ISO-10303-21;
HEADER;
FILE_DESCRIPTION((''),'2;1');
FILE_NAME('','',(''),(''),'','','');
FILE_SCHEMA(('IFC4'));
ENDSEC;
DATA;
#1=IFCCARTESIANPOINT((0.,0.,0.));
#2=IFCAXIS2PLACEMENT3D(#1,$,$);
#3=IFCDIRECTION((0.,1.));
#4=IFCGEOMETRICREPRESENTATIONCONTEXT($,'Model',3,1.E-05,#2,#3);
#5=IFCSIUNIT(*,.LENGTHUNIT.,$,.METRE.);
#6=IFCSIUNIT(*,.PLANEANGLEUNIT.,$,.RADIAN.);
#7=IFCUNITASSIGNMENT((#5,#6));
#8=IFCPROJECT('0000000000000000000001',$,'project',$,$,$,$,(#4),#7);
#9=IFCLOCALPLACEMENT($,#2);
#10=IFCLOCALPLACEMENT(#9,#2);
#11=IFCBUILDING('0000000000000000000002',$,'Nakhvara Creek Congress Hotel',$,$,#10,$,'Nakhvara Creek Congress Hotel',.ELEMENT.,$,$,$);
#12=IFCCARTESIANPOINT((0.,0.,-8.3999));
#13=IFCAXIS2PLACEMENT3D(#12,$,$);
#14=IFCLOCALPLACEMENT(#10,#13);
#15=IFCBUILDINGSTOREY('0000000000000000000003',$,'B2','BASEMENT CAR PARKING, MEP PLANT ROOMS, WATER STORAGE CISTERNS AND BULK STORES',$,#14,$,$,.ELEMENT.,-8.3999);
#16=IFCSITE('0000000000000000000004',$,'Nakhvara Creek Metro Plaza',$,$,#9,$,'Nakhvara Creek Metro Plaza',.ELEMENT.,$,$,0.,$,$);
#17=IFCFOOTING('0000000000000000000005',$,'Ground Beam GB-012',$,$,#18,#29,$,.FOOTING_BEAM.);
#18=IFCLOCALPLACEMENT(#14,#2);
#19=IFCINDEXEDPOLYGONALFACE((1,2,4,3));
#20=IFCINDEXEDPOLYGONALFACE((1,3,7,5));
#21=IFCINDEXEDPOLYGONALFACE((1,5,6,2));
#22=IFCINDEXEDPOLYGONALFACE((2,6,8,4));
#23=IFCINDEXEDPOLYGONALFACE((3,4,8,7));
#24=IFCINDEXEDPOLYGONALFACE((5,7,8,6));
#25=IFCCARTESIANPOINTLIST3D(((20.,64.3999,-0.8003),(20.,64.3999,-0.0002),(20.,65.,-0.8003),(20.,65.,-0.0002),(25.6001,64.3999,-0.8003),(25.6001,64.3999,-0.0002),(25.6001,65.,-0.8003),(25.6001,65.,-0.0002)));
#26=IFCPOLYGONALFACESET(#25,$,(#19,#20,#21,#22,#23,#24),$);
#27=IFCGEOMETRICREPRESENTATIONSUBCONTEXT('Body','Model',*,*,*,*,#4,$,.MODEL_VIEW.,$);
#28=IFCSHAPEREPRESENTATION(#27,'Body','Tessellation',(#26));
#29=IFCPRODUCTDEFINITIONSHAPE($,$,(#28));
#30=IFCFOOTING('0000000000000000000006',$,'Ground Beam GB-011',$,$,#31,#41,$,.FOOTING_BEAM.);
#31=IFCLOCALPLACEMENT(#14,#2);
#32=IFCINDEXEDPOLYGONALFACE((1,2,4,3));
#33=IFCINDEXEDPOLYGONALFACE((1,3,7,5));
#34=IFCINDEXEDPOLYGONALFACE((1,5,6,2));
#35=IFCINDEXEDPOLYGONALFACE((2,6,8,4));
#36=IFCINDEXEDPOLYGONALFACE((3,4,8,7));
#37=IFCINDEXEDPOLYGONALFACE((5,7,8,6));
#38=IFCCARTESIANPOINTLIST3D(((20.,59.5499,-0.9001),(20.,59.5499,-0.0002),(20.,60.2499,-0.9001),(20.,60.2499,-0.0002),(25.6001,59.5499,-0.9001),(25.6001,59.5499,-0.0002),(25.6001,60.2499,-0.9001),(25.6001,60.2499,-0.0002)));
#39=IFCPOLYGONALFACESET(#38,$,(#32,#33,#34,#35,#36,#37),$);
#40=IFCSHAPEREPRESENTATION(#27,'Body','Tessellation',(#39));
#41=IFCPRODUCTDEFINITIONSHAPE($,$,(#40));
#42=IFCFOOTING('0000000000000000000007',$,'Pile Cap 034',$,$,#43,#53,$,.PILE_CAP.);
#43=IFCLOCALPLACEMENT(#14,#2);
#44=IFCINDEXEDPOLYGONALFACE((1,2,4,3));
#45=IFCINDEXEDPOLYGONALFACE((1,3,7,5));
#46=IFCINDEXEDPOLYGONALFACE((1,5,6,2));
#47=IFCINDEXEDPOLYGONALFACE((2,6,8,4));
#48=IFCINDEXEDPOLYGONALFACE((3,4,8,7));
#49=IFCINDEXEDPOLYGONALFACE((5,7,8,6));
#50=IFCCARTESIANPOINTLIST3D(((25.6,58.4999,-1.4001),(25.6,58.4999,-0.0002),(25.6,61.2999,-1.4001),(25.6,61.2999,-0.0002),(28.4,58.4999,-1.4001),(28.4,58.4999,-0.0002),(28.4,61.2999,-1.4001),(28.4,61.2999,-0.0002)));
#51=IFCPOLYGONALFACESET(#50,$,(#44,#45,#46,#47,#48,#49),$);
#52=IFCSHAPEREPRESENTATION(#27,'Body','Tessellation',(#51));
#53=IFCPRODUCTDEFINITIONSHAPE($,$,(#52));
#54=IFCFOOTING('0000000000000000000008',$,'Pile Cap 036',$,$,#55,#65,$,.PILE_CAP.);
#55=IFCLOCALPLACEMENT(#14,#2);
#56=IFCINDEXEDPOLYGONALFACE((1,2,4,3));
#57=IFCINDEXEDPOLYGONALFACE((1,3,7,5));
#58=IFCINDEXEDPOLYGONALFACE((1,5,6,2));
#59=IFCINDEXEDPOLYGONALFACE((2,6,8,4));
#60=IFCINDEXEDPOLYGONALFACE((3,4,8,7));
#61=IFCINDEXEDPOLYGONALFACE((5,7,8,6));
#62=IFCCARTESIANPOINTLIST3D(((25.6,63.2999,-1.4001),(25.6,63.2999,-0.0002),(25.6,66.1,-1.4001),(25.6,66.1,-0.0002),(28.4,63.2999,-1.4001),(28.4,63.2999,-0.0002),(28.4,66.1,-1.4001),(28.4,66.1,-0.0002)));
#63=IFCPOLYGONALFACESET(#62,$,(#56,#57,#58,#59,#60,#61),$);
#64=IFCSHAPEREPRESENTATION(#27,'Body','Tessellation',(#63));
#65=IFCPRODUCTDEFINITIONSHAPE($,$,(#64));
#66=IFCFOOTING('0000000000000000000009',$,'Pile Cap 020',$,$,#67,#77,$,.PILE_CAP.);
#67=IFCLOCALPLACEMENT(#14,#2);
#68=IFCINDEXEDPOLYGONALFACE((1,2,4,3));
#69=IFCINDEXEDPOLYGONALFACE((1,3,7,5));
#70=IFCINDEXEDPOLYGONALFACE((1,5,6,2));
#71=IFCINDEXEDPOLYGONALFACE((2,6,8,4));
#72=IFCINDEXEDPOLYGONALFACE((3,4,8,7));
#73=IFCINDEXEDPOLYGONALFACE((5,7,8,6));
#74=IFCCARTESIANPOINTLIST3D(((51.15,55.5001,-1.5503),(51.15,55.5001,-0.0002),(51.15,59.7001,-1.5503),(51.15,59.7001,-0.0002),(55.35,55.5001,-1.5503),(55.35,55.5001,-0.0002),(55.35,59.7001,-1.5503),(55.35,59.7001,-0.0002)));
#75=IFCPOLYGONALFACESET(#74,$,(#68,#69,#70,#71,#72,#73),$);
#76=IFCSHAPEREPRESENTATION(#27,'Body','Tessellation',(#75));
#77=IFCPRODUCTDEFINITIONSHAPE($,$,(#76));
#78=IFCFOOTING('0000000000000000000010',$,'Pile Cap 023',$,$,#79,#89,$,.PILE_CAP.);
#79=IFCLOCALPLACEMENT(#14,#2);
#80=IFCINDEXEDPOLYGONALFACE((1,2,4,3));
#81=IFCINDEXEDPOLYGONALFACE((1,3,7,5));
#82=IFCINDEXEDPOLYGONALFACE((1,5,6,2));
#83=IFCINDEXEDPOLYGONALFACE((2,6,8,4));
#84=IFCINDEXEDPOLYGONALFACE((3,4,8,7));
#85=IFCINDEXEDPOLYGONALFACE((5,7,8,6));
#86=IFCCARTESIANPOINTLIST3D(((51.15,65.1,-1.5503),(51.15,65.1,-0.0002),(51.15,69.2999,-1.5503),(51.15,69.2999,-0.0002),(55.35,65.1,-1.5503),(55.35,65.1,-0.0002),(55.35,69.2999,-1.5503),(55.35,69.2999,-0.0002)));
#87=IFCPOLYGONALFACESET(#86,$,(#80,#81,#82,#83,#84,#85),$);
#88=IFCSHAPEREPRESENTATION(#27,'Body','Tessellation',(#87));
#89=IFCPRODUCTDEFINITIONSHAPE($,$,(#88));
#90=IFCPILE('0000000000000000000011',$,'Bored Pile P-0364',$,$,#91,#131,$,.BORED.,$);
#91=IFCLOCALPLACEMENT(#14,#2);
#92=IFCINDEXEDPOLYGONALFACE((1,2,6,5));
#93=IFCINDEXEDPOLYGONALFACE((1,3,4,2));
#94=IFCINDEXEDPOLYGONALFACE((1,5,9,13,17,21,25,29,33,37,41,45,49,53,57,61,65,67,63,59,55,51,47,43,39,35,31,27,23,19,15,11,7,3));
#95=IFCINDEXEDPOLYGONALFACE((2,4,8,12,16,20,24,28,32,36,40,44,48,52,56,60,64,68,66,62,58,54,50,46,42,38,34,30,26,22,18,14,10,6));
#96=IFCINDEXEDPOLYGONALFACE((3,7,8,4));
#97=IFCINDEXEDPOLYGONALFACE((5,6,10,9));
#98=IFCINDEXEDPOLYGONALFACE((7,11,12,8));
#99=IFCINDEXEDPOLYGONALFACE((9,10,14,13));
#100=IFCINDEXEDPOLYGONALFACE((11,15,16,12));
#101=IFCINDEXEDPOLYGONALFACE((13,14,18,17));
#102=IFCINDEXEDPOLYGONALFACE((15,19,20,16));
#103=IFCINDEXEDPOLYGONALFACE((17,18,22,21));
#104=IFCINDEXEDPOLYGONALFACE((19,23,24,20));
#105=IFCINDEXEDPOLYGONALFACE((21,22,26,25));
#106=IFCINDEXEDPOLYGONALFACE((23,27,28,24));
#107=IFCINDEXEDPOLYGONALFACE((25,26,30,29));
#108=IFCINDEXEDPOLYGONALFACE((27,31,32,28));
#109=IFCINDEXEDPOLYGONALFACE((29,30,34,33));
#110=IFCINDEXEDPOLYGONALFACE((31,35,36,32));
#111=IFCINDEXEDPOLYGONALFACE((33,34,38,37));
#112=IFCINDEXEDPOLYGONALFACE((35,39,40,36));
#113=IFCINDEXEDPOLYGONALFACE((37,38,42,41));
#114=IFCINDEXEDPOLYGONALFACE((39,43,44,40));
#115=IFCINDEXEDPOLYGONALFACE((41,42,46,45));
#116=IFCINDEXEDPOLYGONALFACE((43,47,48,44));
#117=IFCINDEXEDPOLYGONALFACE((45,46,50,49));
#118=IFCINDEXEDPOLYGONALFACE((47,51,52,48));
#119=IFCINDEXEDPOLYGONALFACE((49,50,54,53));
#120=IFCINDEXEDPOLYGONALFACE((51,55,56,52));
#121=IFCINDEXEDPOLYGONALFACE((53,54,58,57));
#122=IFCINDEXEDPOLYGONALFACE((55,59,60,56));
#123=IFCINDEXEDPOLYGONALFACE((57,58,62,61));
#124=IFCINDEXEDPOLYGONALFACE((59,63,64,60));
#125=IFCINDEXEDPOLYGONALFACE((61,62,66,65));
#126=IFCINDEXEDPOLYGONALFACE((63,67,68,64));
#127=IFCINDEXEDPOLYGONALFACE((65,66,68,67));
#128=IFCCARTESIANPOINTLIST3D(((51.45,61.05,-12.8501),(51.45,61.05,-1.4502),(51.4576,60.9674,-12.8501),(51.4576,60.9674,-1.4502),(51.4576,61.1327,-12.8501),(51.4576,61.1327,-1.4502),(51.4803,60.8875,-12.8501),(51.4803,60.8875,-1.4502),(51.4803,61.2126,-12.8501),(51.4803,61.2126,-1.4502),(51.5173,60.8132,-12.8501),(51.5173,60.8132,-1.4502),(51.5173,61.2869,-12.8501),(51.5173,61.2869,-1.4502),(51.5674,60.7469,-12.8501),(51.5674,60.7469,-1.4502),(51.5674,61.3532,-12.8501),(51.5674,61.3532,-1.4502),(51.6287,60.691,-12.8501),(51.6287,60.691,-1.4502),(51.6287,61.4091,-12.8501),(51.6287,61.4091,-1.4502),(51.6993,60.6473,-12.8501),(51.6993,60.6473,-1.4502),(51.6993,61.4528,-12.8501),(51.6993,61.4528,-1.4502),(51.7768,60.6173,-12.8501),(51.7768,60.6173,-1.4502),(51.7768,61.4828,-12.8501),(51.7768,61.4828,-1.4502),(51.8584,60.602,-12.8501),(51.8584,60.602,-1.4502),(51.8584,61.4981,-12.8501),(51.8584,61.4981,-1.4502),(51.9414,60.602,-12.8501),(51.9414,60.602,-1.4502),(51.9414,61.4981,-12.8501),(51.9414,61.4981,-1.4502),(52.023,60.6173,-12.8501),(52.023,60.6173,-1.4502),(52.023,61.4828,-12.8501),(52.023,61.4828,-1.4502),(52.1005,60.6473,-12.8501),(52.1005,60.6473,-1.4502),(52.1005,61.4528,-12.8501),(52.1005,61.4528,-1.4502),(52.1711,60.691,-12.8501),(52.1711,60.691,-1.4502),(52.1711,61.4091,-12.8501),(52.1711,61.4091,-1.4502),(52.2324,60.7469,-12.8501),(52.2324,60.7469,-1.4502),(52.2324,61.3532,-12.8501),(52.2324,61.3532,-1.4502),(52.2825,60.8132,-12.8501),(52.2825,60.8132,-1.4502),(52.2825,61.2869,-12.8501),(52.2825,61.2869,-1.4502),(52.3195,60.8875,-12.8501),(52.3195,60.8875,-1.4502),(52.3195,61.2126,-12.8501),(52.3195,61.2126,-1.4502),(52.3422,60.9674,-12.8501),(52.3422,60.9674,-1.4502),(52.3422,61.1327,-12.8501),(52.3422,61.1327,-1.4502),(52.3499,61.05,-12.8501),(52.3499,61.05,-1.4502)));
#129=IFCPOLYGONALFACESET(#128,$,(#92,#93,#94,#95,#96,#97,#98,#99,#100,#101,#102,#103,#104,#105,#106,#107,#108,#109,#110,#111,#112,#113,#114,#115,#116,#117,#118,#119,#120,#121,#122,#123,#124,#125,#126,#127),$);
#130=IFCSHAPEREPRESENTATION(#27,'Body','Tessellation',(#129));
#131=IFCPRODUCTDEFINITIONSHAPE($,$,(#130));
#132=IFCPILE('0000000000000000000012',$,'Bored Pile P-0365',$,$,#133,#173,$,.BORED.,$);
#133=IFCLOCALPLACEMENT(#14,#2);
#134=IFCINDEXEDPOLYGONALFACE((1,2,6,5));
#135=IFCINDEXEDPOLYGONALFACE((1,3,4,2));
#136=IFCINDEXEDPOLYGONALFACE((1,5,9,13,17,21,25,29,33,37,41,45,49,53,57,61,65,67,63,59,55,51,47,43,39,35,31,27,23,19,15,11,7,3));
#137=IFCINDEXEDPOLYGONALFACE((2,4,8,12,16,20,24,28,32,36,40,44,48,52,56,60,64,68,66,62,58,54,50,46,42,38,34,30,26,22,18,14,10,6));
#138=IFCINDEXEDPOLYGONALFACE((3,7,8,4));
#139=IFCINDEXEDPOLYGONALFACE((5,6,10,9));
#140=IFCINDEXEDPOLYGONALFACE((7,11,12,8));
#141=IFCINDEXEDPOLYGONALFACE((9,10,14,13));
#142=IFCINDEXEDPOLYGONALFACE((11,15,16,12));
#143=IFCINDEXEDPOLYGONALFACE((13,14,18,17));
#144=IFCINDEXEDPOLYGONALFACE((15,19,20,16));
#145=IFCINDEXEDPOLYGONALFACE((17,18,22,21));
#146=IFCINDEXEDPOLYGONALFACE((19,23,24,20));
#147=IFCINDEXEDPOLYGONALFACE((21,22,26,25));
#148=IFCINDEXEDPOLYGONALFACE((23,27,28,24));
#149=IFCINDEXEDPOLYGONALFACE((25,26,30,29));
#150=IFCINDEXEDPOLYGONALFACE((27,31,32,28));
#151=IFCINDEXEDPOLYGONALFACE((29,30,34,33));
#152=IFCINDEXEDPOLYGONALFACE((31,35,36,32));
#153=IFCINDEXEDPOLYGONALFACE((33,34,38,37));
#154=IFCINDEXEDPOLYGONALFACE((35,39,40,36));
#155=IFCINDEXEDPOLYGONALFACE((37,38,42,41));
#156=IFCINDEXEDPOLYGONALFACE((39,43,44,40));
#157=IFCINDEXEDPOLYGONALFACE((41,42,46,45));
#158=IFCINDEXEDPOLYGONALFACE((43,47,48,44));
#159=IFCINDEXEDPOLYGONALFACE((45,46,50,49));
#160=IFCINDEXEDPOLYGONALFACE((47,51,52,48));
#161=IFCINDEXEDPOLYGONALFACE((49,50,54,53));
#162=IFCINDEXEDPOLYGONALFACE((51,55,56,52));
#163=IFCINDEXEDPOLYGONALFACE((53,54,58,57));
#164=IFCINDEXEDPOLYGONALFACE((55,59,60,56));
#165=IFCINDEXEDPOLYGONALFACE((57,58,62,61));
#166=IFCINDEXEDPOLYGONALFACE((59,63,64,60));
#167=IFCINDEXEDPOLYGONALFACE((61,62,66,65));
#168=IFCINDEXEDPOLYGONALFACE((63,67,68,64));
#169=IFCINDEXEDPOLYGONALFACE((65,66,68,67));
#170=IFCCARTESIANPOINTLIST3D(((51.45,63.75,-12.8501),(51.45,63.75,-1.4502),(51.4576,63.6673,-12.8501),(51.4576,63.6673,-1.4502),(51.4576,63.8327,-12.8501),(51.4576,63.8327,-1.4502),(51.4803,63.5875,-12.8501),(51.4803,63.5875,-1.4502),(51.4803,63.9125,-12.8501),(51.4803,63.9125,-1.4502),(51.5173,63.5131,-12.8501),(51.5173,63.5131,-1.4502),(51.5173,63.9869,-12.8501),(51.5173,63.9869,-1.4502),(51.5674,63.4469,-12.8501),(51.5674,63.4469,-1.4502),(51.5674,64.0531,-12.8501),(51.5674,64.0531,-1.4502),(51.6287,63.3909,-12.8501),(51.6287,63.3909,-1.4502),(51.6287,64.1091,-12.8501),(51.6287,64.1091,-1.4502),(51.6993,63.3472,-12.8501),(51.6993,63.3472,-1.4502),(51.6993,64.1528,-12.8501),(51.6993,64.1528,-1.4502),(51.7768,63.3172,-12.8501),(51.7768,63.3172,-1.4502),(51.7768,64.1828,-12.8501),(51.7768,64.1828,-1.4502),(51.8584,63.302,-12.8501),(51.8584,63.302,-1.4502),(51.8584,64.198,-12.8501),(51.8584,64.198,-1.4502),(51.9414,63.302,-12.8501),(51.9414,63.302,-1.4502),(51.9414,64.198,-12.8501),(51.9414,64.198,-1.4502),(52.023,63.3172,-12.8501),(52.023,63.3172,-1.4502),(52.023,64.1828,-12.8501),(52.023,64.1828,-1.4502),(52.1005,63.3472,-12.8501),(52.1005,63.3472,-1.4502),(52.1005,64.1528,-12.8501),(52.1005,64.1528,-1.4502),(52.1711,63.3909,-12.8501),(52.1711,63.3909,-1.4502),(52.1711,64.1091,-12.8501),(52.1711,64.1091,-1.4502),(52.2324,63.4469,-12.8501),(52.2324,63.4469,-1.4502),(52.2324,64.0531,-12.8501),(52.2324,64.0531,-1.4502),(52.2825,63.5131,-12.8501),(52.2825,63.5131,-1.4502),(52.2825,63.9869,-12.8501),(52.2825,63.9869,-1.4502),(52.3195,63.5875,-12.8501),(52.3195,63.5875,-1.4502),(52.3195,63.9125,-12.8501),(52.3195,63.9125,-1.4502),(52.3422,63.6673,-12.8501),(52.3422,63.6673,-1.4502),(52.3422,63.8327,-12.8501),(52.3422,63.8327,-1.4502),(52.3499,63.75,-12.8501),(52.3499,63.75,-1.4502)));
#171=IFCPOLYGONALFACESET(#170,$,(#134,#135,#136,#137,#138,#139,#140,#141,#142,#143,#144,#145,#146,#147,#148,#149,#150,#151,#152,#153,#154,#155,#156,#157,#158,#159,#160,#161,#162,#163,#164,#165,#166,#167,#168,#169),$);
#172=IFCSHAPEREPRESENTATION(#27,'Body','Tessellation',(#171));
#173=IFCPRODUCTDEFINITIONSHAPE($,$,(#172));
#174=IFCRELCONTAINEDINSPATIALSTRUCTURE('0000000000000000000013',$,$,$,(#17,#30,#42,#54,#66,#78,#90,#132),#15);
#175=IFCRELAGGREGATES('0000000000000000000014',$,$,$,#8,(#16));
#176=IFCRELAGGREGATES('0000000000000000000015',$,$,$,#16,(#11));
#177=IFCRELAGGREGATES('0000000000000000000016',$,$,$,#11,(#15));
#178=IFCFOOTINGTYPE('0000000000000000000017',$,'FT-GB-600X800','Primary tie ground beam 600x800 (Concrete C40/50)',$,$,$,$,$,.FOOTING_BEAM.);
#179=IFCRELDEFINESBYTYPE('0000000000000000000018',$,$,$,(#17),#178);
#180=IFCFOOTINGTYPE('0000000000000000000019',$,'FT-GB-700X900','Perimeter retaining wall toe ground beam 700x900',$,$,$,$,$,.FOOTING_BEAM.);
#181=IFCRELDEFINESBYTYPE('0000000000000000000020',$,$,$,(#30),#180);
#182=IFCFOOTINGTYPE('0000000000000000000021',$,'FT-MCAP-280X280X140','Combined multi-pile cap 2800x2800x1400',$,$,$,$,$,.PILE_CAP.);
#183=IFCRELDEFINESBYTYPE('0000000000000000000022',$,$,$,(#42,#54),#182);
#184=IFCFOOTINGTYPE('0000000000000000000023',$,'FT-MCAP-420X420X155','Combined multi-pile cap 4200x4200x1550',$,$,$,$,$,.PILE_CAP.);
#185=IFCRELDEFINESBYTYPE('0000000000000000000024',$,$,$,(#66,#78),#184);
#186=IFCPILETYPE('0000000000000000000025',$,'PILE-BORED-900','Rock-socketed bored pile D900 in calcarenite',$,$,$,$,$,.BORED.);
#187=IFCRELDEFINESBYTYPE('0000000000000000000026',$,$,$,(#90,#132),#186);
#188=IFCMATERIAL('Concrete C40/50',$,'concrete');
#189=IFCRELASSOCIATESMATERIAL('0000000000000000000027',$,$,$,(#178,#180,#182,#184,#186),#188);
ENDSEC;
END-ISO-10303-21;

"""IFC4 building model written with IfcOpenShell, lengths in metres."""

from ifc_helpers import new_model, si_unit, direction, frame, origin, origin_2d, place, context, subcontext, project, spatial, rectangle, circle, extrude, material, material_profile, profile_set, type_object, element, save


model = new_model("IFC4")

# Units and contexts
model_context = context("Model", 3, precision=1e-05, world=origin(), true_north=direction((0.0, 1.0)))
body_context = subcontext(model_context, "Body", "Model", "MODEL_VIEW")
ifc_project = project(units=[si_unit("LENGTHUNIT", "METRE"), si_unit("PLANEANGLEUNIT", "RADIAN")], contexts=[model_context])

# Site, building, storey
site_placement = place(None, origin())
site = spatial("IfcSite", under=ifc_project, at=site_placement, Name="Nakhvara Creek Metro Plaza", LongName="Nakhvara Creek Metro Plaza", CompositionType="ELEMENT", RefElevation=0.0)
building_placement = place(site_placement, origin())
building = spatial("IfcBuilding", under=site, at=building_placement, Name="Nakhvara Creek Congress Hotel", LongName="Nakhvara Creek Congress Hotel", CompositionType="ELEMENT")
storey_placement = place(building_placement, frame((0.0, 0.0, -8.3999)))
storey = spatial("IfcBuildingStorey", under=building, at=storey_placement, Name="B2", Description="BASEMENT CAR PARKING, MEP PLANT ROOMS, WATER STORAGE CISTERNS AND BULK STORES", CompositionType="ELEMENT", Elevation=-8.3999)

# Footings
ifc_material_1 = material(Name="Concrete C40/50", Category="concrete")
footing_type_1 = type_object("IfcFootingType", Name="FT-GB-600X800", Description="Primary tie ground beam 600x800 (Concrete C40/50)", PredefinedType="FOOTING_BEAM", material=ifc_material_1)
footing_1_placement = place(storey_placement, frame((22.8, 64.7, -0.8003), z_axis=(0.0, 0.0, 1.0), x_axis=(1.0, 0.0, 0.0)))
element("IfcFooting", 1, at=footing_1_placement, inside=storey, type_object=footing_type_1, Name="Ground Beam GB-012", PredefinedType="FOOTING_BEAM", context=body_context, shape_type="SweptSolid", body=[
    extrude(rectangle(XDim=5.6001, YDim=0.6001, at=origin_2d()), origin(), (0.0, 0.0, 1.0), 0.8),
])
footing_type_2 = type_object("IfcFootingType", Name="FT-GB-700X900", Description="Perimeter retaining wall toe ground beam 700x900", PredefinedType="FOOTING_BEAM", material=ifc_material_1)
footing_2_placement = place(storey_placement, frame((22.8, 59.8999, -0.9001), z_axis=(0.0, 0.0, 1.0), x_axis=(1.0, 0.0, 0.0)))
element("IfcFooting", 2, at=footing_2_placement, inside=storey, type_object=footing_type_2, Name="Ground Beam GB-011", PredefinedType="FOOTING_BEAM", context=body_context, shape_type="SweptSolid", body=[
    extrude(rectangle(XDim=5.6001, YDim=0.7, at=origin_2d()), origin(), (0.0, 0.0, 1.0), 0.8999),
])
footing_type_3 = type_object("IfcFootingType", Name="FT-MCAP-280X280X140", Description="Combined multi-pile cap 2800x2800x1400", PredefinedType="PILE_CAP", material=ifc_material_1)
for number, where, z_axis, x_axis, name in (
    (3, (27.0, 59.8999, -1.4001), (0.0, 0.0, 1.0), (1.0, 0.0, 0.0), "Pile Cap 034"),
    (4, (27.0, 64.7, -1.4001), (0.0, 0.0, 1.0), (1.0, 0.0, 0.0), "Pile Cap 036"),
):
    element("IfcFooting", number, at=place(storey_placement, frame(where, z_axis=z_axis, x_axis=x_axis)), inside=storey, type_object=footing_type_3, Name=name, PredefinedType="PILE_CAP", context=body_context, shape_type="SweptSolid", body=[
        extrude(rectangle(XDim=2.8, YDim=2.8, at=origin_2d()), origin(), (0.0, 0.0, 1.0), 1.3999),
    ])
footing_type_4 = type_object("IfcFootingType", Name="FT-MCAP-420X420X155", Description="Combined multi-pile cap 4200x4200x1550", PredefinedType="PILE_CAP", material=ifc_material_1)
for number, where, z_axis, x_axis, name in (
    (5, (53.25, 57.6001, -1.5503), (0.0, 0.0, 1.0), (1.0, 0.0, 0.0), "Pile Cap 020"),
    (6, (53.25, 67.2, -1.5503), (0.0, 0.0, 1.0), (1.0, 0.0, 0.0), "Pile Cap 023"),
):
    element("IfcFooting", number, at=place(storey_placement, frame(where, z_axis=z_axis, x_axis=x_axis)), inside=storey, type_object=footing_type_4, Name=name, PredefinedType="PILE_CAP", context=body_context, shape_type="SweptSolid", body=[
        extrude(rectangle(XDim=4.2, YDim=4.2, at=origin_2d()), origin(), (0.0, 0.0, 1.0), 1.55),
    ])

# Piles
ifc_material_profile_1 = material_profile(ifc_material_1, circle(Radius=0.45, at=origin_2d()), Name="BORED PILE D900", Category="LoadBearing")
ifc_profile_set_1 = profile_set([ifc_material_profile_1], Name="Concrete C40/50")
pile_type = type_object("IfcPileType", Name="PILE-BORED-900", Description="Rock-socketed bored pile D900 in calcarenite", PredefinedType="BORED", material=ifc_profile_set_1)
for number, where, z_axis, x_axis, name in (
    (7, (51.8999, 61.05, -1.4502), (0.0, 0.0, -1.0), (1.0, 0.0, 0.0), "Bored Pile P-0364"),
    (8, (51.8999, 63.75, -1.4502), (0.0, 0.0, -1.0), (1.0, 0.0, 0.0), "Bored Pile P-0365"),
):
    element("IfcPile", number, at=place(storey_placement, frame(where, z_axis=z_axis, x_axis=x_axis)), inside=storey, type_object=pile_type, Name=name, PredefinedType="BORED", context=body_context, shape_type="SweptSolid", body=[
        extrude(circle(Radius=0.45, at=origin_2d()), origin(), (0.0, 0.0, 1.0), 11.3999),
    ])

save(model, "model.ifc")
